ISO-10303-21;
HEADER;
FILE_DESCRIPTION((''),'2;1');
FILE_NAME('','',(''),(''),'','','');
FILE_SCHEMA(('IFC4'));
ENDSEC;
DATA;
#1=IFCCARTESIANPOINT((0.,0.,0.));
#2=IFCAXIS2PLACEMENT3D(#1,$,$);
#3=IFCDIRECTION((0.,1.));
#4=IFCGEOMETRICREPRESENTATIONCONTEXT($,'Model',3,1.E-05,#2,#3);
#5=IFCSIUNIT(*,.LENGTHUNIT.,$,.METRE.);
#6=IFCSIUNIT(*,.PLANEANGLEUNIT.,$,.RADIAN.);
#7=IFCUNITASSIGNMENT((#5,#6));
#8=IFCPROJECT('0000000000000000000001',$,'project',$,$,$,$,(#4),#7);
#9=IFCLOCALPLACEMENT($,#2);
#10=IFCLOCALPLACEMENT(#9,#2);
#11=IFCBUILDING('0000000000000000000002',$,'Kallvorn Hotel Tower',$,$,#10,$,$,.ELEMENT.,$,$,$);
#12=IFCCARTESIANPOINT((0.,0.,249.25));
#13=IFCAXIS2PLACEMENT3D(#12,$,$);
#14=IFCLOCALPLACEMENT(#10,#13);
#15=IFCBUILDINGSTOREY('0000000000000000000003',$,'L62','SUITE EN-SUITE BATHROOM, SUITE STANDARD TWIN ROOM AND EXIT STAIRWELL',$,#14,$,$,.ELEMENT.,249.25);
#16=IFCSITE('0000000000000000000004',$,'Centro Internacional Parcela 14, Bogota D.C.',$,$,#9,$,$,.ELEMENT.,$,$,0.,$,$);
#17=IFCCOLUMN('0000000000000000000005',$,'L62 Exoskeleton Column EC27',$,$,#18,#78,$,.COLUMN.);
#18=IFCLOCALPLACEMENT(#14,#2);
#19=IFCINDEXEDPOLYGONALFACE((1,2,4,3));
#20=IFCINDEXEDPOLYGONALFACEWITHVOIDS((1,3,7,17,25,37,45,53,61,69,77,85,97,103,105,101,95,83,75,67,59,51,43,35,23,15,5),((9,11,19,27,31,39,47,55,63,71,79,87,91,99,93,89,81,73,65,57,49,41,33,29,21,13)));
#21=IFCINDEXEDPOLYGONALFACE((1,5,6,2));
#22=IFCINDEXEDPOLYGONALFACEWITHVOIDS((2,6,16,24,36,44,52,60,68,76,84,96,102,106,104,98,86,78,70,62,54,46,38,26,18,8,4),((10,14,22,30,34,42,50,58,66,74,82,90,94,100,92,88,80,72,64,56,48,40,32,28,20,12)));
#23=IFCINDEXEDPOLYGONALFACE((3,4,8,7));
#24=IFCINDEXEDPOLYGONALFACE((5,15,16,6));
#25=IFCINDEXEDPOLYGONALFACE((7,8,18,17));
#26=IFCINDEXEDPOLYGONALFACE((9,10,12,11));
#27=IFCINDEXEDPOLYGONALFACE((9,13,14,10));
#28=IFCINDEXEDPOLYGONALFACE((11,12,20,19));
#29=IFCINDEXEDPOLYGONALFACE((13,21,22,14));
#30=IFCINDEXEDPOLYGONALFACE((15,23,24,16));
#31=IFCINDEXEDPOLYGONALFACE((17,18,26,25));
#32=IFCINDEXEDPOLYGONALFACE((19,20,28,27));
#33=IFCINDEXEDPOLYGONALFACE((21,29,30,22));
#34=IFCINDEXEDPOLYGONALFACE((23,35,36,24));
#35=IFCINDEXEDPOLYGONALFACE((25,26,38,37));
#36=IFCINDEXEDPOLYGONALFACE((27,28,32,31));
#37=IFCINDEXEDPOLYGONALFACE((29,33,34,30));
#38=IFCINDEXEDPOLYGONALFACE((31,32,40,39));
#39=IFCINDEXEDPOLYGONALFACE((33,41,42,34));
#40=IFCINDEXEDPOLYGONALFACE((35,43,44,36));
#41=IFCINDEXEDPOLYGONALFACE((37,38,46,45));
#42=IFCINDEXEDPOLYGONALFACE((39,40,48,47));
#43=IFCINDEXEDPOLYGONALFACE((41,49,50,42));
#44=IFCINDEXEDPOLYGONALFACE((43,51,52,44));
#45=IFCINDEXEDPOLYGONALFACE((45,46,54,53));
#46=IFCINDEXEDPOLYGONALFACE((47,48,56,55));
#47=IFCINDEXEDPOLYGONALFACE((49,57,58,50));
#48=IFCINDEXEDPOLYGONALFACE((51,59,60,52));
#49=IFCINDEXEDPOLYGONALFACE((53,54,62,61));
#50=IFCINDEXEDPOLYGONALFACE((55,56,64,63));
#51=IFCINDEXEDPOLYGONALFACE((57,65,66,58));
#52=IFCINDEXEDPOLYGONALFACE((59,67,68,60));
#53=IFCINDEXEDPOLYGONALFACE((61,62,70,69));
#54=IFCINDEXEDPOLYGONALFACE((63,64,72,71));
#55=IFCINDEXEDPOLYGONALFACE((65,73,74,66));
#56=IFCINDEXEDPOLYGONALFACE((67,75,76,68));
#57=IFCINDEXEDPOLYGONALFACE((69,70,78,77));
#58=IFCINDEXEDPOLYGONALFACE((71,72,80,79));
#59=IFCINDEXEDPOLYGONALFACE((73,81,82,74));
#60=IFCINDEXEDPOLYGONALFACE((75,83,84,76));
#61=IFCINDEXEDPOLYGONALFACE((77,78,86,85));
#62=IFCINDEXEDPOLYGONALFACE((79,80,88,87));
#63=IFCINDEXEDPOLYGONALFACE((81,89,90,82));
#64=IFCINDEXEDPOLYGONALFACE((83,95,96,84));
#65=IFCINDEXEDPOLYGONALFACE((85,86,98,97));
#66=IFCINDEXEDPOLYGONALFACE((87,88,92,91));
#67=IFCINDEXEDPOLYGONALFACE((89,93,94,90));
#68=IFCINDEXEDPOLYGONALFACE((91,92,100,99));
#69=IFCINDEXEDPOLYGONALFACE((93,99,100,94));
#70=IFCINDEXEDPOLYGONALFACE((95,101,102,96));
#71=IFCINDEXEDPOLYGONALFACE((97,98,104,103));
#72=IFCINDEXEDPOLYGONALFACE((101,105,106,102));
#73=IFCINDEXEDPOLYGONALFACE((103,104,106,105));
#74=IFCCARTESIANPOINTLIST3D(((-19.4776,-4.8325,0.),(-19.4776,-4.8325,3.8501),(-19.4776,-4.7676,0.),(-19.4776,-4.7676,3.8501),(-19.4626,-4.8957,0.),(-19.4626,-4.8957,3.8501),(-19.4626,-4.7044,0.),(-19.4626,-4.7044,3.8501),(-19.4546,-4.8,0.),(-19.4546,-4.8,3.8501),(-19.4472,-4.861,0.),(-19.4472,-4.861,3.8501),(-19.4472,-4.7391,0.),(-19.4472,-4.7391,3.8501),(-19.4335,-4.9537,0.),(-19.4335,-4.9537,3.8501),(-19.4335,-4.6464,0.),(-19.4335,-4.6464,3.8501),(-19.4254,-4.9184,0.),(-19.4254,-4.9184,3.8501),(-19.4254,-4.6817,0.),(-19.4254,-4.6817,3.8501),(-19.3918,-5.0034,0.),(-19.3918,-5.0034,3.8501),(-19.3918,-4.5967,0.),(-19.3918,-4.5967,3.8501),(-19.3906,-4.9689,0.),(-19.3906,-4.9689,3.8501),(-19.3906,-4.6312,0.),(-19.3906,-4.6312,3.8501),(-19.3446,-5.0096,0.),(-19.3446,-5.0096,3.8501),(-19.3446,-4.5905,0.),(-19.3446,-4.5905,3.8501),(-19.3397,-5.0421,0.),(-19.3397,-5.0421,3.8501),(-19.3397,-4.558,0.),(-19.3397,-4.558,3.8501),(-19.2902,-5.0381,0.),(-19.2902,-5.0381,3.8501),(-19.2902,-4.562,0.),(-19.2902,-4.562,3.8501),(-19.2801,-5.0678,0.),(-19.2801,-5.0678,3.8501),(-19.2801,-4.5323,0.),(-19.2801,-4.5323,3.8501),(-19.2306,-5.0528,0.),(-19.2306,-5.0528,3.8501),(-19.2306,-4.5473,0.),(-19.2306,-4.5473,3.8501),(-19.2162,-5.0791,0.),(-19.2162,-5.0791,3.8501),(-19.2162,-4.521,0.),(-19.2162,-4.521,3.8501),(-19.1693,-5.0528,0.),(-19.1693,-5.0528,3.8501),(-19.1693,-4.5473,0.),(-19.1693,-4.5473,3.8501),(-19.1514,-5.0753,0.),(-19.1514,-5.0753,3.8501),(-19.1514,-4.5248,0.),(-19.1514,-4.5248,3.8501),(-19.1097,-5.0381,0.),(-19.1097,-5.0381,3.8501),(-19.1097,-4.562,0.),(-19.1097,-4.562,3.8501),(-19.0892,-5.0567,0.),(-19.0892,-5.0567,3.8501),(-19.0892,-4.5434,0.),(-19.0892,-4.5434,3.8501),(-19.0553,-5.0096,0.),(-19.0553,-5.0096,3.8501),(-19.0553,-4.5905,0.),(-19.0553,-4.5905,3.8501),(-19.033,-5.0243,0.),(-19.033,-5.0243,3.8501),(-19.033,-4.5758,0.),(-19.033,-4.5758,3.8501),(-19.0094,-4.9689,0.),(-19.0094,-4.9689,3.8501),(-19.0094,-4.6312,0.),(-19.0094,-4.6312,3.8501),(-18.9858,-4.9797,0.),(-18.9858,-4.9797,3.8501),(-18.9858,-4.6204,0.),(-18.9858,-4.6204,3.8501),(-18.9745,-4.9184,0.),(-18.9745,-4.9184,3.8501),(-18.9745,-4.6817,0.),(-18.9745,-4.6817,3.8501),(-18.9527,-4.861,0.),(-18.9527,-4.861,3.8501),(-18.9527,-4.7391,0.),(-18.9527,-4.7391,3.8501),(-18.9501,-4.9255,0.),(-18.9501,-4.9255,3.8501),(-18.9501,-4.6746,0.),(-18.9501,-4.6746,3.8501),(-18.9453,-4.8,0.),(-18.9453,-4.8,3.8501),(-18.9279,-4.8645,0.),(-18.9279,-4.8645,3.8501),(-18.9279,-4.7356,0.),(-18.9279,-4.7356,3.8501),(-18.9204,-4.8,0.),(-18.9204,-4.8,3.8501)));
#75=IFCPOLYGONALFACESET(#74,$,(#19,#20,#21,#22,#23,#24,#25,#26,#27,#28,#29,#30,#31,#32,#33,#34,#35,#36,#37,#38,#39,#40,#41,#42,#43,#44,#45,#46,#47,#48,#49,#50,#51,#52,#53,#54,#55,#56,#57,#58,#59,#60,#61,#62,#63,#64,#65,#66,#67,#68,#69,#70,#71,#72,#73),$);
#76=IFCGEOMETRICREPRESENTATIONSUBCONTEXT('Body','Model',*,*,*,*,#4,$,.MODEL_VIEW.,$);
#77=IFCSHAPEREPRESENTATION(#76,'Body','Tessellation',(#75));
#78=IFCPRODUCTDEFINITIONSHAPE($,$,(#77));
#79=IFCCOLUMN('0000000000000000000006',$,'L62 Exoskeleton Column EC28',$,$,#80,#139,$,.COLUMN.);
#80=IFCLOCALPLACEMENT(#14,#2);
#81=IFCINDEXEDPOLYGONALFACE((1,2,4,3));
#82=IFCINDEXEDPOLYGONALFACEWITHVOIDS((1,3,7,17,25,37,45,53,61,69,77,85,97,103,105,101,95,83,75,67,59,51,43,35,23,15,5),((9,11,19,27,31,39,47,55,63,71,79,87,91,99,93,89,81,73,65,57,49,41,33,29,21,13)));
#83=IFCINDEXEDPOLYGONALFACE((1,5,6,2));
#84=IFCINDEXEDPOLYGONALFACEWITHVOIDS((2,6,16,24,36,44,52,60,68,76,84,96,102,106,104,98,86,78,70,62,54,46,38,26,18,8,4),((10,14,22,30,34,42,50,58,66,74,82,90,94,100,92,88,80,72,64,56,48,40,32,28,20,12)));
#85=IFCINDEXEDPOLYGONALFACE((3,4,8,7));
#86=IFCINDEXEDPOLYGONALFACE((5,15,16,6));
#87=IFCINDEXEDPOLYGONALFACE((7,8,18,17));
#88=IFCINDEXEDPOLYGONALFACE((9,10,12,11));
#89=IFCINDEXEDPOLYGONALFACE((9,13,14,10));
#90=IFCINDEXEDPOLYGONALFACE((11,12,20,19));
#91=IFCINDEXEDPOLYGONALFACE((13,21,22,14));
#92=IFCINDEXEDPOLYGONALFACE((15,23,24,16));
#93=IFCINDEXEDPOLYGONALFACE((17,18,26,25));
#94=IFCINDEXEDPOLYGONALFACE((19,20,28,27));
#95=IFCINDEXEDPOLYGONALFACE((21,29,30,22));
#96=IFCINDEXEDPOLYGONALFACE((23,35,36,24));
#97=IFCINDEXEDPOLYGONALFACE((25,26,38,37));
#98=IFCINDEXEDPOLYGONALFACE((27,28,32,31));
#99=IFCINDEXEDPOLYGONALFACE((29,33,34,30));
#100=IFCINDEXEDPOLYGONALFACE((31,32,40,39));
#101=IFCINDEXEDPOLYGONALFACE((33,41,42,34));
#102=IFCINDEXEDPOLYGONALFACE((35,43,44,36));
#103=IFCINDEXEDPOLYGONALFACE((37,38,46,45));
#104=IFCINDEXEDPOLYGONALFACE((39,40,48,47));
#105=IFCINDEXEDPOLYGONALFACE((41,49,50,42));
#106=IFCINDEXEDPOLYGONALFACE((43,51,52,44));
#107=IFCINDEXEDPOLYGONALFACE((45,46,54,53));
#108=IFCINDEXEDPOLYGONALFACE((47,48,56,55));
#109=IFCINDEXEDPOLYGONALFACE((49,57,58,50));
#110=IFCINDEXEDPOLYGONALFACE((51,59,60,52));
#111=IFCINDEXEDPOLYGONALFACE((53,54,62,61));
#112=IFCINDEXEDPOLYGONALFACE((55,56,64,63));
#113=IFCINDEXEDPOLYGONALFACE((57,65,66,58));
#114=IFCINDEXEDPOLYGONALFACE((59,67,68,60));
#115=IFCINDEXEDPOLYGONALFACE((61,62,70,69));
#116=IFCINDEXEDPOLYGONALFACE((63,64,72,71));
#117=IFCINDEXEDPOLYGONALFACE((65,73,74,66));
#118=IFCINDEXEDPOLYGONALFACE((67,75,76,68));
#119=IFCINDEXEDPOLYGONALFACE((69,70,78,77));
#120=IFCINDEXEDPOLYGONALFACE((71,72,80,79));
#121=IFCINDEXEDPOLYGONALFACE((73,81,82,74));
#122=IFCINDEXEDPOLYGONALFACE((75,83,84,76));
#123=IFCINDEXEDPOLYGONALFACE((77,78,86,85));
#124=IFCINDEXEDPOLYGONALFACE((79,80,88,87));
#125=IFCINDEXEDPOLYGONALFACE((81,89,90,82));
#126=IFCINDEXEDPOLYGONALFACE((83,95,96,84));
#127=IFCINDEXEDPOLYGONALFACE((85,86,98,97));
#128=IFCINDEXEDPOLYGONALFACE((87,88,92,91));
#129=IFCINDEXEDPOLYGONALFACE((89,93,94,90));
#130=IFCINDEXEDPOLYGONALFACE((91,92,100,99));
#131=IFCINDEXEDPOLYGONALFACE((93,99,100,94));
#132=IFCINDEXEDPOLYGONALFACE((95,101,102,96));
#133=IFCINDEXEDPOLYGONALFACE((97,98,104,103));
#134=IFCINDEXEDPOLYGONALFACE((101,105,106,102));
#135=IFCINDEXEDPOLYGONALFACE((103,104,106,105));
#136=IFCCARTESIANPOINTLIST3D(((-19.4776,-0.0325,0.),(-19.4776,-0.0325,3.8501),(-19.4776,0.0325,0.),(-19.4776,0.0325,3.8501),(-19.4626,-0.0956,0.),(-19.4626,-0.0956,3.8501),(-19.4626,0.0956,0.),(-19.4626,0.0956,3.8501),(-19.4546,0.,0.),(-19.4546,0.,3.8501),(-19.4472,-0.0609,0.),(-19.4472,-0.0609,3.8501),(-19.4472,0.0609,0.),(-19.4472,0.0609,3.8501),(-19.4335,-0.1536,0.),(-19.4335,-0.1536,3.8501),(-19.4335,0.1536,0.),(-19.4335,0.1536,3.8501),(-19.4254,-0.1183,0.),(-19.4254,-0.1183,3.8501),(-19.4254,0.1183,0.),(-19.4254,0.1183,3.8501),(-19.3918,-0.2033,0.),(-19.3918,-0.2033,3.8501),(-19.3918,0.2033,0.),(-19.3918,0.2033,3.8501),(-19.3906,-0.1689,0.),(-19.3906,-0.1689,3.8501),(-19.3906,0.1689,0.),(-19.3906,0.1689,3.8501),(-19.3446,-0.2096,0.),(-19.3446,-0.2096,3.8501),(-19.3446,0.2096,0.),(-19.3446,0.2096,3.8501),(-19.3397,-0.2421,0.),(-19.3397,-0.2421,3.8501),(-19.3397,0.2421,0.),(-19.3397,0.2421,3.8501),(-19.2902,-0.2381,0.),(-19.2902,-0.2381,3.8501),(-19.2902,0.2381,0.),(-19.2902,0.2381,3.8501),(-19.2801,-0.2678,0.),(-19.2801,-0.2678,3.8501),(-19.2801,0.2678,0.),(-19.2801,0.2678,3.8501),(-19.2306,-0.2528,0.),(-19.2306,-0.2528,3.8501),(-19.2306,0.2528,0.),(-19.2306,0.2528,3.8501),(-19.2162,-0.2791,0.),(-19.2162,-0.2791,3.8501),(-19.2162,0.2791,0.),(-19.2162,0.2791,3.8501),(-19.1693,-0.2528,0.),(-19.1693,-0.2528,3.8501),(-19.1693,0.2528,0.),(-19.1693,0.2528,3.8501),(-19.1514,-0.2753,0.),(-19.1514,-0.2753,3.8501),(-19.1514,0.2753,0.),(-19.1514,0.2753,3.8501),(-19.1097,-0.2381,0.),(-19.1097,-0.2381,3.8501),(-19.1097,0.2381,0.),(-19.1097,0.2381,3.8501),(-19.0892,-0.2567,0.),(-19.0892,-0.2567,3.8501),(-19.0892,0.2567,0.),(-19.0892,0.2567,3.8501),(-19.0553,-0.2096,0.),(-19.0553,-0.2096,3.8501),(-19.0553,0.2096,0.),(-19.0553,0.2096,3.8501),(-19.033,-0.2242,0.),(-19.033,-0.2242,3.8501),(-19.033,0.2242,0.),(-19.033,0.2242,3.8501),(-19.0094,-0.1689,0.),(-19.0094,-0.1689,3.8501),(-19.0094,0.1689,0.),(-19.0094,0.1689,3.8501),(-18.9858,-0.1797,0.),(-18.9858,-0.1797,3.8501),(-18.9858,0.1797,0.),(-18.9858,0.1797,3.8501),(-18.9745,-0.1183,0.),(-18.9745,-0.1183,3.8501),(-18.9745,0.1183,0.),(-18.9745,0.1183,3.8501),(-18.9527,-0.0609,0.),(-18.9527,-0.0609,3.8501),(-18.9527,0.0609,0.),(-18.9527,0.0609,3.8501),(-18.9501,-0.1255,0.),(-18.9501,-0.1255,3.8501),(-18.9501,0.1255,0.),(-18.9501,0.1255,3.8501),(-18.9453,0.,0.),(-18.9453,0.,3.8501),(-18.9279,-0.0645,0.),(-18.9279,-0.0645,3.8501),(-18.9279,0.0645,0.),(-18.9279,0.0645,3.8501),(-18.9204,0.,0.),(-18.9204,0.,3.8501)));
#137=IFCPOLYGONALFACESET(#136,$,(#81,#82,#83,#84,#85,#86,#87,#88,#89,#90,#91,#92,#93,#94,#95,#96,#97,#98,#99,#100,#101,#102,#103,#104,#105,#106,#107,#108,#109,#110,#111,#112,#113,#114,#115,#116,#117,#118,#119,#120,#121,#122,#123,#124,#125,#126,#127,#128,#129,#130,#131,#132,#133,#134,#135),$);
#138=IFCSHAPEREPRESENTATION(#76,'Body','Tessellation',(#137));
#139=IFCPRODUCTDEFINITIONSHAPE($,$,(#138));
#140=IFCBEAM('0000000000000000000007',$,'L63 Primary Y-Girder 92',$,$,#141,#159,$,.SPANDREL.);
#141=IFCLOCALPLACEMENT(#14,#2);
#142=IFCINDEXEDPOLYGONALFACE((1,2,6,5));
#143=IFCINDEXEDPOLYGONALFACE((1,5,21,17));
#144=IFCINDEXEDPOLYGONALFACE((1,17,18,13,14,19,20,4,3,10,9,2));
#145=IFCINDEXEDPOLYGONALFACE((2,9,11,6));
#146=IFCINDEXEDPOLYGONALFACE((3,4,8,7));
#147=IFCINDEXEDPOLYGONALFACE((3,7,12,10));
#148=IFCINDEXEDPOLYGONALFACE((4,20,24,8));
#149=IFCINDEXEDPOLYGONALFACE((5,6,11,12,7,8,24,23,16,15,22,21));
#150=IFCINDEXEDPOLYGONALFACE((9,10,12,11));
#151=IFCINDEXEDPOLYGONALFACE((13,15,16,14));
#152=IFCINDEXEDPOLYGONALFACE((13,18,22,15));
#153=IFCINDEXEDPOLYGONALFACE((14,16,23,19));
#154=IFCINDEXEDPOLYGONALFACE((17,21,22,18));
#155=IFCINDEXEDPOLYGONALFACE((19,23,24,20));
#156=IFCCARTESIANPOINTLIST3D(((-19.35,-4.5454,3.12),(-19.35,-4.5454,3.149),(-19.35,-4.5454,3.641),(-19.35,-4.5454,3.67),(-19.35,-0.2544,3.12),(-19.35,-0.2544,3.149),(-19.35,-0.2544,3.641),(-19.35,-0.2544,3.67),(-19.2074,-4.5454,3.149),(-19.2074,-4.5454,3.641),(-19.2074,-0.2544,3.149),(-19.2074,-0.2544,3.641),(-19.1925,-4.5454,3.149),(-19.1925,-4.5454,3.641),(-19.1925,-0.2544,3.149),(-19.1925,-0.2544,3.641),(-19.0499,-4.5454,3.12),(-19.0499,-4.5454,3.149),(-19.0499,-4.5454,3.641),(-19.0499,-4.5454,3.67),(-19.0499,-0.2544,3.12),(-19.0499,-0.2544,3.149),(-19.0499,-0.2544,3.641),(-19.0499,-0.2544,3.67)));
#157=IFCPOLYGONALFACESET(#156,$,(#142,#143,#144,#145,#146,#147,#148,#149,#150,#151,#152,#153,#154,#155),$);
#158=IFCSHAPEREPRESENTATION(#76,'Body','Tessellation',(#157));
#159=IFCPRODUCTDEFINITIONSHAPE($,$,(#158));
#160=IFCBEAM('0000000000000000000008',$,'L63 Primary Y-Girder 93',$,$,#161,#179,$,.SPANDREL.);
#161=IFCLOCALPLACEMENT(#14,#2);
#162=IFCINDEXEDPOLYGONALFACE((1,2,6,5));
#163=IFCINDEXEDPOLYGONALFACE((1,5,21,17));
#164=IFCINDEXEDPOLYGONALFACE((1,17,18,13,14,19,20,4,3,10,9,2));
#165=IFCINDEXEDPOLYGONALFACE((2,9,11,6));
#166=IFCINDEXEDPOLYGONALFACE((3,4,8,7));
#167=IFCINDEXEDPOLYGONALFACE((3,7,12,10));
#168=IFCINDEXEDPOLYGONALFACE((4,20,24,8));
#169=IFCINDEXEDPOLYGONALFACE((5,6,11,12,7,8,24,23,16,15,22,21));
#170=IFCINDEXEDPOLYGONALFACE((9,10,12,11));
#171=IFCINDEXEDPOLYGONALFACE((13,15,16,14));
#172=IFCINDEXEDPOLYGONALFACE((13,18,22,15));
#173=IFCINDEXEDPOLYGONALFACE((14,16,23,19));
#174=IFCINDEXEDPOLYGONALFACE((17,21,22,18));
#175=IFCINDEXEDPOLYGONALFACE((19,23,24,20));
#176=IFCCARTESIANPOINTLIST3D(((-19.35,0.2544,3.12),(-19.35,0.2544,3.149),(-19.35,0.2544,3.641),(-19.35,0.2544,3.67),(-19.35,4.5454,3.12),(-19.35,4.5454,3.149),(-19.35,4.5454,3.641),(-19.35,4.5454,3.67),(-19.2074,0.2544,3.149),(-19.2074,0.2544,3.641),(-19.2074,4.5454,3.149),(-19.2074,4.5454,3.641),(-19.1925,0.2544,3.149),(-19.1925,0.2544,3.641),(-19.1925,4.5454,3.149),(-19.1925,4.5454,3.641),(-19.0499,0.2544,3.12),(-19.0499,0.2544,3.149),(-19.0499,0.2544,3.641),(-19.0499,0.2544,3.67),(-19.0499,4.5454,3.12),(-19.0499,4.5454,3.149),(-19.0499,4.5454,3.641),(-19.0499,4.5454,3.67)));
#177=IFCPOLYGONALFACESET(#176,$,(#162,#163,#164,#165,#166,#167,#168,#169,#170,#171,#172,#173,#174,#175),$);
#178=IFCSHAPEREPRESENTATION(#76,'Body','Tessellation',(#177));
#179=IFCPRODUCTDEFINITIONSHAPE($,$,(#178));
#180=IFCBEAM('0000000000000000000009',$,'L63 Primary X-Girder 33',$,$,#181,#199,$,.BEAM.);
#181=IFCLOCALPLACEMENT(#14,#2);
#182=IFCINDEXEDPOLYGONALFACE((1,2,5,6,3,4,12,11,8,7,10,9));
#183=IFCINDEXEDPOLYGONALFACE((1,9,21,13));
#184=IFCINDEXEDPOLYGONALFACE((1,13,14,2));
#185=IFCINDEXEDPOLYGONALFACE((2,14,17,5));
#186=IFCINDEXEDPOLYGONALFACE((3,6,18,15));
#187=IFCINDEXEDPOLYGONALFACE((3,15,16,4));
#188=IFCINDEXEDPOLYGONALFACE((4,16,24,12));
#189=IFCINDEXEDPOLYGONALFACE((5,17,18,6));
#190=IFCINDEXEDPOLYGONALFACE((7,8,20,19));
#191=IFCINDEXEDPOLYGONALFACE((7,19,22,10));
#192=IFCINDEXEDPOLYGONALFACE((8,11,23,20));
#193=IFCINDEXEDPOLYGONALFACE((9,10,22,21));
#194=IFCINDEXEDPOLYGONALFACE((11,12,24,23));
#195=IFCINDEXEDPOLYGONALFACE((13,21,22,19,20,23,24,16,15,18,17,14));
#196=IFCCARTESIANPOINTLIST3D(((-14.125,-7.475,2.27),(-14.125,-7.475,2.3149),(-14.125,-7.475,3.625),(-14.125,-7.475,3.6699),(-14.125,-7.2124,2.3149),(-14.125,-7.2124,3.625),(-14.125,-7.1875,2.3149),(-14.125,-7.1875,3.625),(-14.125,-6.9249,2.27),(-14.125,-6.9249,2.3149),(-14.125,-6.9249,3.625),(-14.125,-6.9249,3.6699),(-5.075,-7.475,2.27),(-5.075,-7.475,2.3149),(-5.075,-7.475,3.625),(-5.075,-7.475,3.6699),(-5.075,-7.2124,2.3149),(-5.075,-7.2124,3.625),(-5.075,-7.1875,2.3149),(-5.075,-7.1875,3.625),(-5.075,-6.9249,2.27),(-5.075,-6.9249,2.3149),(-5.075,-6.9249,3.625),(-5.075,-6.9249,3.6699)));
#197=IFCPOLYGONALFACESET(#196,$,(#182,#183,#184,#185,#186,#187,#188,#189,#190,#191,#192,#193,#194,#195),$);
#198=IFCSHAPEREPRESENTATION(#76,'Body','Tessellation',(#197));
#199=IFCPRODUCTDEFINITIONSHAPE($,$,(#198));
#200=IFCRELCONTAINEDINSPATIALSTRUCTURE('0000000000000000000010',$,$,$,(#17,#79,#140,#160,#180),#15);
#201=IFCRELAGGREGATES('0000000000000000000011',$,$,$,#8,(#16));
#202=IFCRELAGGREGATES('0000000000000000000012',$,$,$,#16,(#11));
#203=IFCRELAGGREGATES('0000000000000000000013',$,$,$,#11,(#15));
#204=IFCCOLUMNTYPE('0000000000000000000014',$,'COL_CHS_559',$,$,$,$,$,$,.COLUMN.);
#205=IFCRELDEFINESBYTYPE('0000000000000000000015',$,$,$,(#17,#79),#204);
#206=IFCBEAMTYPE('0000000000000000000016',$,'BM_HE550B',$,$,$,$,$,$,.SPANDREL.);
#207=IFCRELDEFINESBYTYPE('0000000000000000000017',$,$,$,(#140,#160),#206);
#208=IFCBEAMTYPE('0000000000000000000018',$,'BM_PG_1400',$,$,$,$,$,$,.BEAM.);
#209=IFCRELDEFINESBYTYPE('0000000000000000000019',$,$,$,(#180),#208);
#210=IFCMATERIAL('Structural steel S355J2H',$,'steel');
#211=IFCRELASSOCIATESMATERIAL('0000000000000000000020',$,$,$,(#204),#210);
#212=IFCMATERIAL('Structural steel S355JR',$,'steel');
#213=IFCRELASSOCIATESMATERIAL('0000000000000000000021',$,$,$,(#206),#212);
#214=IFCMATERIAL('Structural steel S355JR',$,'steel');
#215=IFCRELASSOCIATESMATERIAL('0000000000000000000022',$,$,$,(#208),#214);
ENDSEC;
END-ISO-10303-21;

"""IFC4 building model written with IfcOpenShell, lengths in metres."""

from ifc_helpers import new_model, si_unit, direction, frame, origin, origin_2d, place, context, subcontext, project, spatial, hollow_circle, i_section, extrude, material, material_profile, profile_set, type_object, element, save


model = new_model("IFC4")

# Units and contexts
model_context = context("Model", 3, precision=1e-05, world=origin(), true_north=direction((0.0, 1.0)))
body_context = subcontext(model_context, "Body", "Model", "MODEL_VIEW")
ifc_project = project(units=[si_unit("LENGTHUNIT", "METRE"), si_unit("PLANEANGLEUNIT", "RADIAN")], contexts=[model_context])

# Site, building, storey
site_placement = place(None, origin())
site = spatial("IfcSite", under=ifc_project, at=site_placement, Name="Centro Internacional Parcela 14, Bogota D.C.", CompositionType="ELEMENT", RefElevation=0.0)
building_placement = place(site_placement, origin())
building = spatial("IfcBuilding", under=site, at=building_placement, Name="Kallvorn Hotel Tower", CompositionType="ELEMENT")
storey_placement = place(building_placement, frame((0.0, 0.0, 249.25)))
storey = spatial("IfcBuildingStorey", under=building, at=storey_placement, Name="L62", Description="SUITE EN-SUITE BATHROOM, SUITE STANDARD TWIN ROOM AND EXIT STAIRWELL", CompositionType="ELEMENT", Elevation=249.25)

# Columns
ifc_material_1 = material(Name="Structural steel S355J2H", Category="steel")
ifc_material_profile_1 = material_profile(ifc_material_1, hollow_circle(Radius=0.2795, WallThickness=0.0249, at=origin_2d()), Name="CHS 559x25")
ifc_profile_set_1 = profile_set([ifc_material_profile_1], Name="Structural steel S355J2H")
column_type = type_object("IfcColumnType", Name="COL_CHS_559", PredefinedType="COLUMN", material=ifc_profile_set_1)
for number, where, z_axis, x_axis, name in (
    (1, (-19.2, -4.8, 0.0), (0.0, 0.0, 1.0), (1.0, 0.0, 0.0), "L62 Exoskeleton Column EC27"),
    (2, (-19.2, 0.0, 0.0), (0.0, 0.0, 1.0), (1.0, 0.0, 0.0), "L62 Exoskeleton Column EC28"),
):
    element("IfcColumn", number, at=place(storey_placement, frame(where, z_axis=z_axis, x_axis=x_axis)), inside=storey, type_object=column_type, Name=name, PredefinedType="COLUMN", context=body_context, shape_type="SweptSolid", body=[
        extrude(hollow_circle(Radius=0.2795, WallThickness=0.0249, at=origin_2d()), origin(), (0.0, 0.0, 1.0), 3.8501),
    ])

# Beams
ifc_material_2 = material(Name="Structural steel S355JR", Category="steel")
ifc_material_profile_2 = material_profile(ifc_material_2, i_section(OverallWidth=0.3, OverallDepth=0.55, WebThickness=0.0149, FlangeThickness=0.0291, at=origin_2d()), Name="HE 550 B")
ifc_profile_set_2 = profile_set([ifc_material_profile_2], Name="Structural steel S355JR")
beam_type_1 = type_object("IfcBeamType", Name="BM_HE550B", PredefinedType="SPANDREL", material=ifc_profile_set_2)
for number, where, z_axis, x_axis, name in (
    (3, (-19.2, -4.5454, 3.395), (0.0, 1.0, 0.0), (-1.0, 0.0, 0.0), "L63 Primary Y-Girder 92"),
    (4, (-19.2, 0.2544, 3.395), (0.0, 1.0, 0.0), (-1.0, 0.0, 0.0), "L63 Primary Y-Girder 93"),
):
    element("IfcBeam", number, at=place(storey_placement, frame(where, z_axis=z_axis, x_axis=x_axis)), inside=storey, type_object=beam_type_1, Name=name, PredefinedType="SPANDREL", context=body_context, shape_type="SweptSolid", body=[
        extrude(i_section(OverallWidth=0.3, OverallDepth=0.55, WebThickness=0.0149, FlangeThickness=0.0291, at=origin_2d()), origin(), (0.0, 0.0, 1.0), 4.291),
    ])
ifc_material_3 = material(Name="Structural steel S355JR", Category="steel")
ifc_material_profile_3 = material_profile(ifc_material_3, i_section(OverallWidth=0.55, OverallDepth=1.3999, WebThickness=0.0249, FlangeThickness=0.0449, at=origin_2d()), Name="PG 1400x550x25x45")
ifc_profile_set_3 = profile_set([ifc_material_profile_3], Name="Structural steel S355JR")
beam_type_2 = type_object("IfcBeamType", Name="BM_PG_1400", PredefinedType="BEAM", material=ifc_profile_set_3)
beam_placement = place(storey_placement, frame((-14.125, -7.2, 2.97), z_axis=(1.0, 0.0, 0.0), x_axis=(0.0, 1.0, 0.0)))
element("IfcBeam", 5, at=beam_placement, inside=storey, type_object=beam_type_2, Name="L63 Primary X-Girder 33", PredefinedType="BEAM", context=body_context, shape_type="SweptSolid", body=[
    extrude(i_section(OverallWidth=0.55, OverallDepth=1.3999, WebThickness=0.0249, FlangeThickness=0.0449, at=origin_2d()), origin(), (0.0, 0.0, 1.0), 9.05),
])

save(model, "model.ifc")
